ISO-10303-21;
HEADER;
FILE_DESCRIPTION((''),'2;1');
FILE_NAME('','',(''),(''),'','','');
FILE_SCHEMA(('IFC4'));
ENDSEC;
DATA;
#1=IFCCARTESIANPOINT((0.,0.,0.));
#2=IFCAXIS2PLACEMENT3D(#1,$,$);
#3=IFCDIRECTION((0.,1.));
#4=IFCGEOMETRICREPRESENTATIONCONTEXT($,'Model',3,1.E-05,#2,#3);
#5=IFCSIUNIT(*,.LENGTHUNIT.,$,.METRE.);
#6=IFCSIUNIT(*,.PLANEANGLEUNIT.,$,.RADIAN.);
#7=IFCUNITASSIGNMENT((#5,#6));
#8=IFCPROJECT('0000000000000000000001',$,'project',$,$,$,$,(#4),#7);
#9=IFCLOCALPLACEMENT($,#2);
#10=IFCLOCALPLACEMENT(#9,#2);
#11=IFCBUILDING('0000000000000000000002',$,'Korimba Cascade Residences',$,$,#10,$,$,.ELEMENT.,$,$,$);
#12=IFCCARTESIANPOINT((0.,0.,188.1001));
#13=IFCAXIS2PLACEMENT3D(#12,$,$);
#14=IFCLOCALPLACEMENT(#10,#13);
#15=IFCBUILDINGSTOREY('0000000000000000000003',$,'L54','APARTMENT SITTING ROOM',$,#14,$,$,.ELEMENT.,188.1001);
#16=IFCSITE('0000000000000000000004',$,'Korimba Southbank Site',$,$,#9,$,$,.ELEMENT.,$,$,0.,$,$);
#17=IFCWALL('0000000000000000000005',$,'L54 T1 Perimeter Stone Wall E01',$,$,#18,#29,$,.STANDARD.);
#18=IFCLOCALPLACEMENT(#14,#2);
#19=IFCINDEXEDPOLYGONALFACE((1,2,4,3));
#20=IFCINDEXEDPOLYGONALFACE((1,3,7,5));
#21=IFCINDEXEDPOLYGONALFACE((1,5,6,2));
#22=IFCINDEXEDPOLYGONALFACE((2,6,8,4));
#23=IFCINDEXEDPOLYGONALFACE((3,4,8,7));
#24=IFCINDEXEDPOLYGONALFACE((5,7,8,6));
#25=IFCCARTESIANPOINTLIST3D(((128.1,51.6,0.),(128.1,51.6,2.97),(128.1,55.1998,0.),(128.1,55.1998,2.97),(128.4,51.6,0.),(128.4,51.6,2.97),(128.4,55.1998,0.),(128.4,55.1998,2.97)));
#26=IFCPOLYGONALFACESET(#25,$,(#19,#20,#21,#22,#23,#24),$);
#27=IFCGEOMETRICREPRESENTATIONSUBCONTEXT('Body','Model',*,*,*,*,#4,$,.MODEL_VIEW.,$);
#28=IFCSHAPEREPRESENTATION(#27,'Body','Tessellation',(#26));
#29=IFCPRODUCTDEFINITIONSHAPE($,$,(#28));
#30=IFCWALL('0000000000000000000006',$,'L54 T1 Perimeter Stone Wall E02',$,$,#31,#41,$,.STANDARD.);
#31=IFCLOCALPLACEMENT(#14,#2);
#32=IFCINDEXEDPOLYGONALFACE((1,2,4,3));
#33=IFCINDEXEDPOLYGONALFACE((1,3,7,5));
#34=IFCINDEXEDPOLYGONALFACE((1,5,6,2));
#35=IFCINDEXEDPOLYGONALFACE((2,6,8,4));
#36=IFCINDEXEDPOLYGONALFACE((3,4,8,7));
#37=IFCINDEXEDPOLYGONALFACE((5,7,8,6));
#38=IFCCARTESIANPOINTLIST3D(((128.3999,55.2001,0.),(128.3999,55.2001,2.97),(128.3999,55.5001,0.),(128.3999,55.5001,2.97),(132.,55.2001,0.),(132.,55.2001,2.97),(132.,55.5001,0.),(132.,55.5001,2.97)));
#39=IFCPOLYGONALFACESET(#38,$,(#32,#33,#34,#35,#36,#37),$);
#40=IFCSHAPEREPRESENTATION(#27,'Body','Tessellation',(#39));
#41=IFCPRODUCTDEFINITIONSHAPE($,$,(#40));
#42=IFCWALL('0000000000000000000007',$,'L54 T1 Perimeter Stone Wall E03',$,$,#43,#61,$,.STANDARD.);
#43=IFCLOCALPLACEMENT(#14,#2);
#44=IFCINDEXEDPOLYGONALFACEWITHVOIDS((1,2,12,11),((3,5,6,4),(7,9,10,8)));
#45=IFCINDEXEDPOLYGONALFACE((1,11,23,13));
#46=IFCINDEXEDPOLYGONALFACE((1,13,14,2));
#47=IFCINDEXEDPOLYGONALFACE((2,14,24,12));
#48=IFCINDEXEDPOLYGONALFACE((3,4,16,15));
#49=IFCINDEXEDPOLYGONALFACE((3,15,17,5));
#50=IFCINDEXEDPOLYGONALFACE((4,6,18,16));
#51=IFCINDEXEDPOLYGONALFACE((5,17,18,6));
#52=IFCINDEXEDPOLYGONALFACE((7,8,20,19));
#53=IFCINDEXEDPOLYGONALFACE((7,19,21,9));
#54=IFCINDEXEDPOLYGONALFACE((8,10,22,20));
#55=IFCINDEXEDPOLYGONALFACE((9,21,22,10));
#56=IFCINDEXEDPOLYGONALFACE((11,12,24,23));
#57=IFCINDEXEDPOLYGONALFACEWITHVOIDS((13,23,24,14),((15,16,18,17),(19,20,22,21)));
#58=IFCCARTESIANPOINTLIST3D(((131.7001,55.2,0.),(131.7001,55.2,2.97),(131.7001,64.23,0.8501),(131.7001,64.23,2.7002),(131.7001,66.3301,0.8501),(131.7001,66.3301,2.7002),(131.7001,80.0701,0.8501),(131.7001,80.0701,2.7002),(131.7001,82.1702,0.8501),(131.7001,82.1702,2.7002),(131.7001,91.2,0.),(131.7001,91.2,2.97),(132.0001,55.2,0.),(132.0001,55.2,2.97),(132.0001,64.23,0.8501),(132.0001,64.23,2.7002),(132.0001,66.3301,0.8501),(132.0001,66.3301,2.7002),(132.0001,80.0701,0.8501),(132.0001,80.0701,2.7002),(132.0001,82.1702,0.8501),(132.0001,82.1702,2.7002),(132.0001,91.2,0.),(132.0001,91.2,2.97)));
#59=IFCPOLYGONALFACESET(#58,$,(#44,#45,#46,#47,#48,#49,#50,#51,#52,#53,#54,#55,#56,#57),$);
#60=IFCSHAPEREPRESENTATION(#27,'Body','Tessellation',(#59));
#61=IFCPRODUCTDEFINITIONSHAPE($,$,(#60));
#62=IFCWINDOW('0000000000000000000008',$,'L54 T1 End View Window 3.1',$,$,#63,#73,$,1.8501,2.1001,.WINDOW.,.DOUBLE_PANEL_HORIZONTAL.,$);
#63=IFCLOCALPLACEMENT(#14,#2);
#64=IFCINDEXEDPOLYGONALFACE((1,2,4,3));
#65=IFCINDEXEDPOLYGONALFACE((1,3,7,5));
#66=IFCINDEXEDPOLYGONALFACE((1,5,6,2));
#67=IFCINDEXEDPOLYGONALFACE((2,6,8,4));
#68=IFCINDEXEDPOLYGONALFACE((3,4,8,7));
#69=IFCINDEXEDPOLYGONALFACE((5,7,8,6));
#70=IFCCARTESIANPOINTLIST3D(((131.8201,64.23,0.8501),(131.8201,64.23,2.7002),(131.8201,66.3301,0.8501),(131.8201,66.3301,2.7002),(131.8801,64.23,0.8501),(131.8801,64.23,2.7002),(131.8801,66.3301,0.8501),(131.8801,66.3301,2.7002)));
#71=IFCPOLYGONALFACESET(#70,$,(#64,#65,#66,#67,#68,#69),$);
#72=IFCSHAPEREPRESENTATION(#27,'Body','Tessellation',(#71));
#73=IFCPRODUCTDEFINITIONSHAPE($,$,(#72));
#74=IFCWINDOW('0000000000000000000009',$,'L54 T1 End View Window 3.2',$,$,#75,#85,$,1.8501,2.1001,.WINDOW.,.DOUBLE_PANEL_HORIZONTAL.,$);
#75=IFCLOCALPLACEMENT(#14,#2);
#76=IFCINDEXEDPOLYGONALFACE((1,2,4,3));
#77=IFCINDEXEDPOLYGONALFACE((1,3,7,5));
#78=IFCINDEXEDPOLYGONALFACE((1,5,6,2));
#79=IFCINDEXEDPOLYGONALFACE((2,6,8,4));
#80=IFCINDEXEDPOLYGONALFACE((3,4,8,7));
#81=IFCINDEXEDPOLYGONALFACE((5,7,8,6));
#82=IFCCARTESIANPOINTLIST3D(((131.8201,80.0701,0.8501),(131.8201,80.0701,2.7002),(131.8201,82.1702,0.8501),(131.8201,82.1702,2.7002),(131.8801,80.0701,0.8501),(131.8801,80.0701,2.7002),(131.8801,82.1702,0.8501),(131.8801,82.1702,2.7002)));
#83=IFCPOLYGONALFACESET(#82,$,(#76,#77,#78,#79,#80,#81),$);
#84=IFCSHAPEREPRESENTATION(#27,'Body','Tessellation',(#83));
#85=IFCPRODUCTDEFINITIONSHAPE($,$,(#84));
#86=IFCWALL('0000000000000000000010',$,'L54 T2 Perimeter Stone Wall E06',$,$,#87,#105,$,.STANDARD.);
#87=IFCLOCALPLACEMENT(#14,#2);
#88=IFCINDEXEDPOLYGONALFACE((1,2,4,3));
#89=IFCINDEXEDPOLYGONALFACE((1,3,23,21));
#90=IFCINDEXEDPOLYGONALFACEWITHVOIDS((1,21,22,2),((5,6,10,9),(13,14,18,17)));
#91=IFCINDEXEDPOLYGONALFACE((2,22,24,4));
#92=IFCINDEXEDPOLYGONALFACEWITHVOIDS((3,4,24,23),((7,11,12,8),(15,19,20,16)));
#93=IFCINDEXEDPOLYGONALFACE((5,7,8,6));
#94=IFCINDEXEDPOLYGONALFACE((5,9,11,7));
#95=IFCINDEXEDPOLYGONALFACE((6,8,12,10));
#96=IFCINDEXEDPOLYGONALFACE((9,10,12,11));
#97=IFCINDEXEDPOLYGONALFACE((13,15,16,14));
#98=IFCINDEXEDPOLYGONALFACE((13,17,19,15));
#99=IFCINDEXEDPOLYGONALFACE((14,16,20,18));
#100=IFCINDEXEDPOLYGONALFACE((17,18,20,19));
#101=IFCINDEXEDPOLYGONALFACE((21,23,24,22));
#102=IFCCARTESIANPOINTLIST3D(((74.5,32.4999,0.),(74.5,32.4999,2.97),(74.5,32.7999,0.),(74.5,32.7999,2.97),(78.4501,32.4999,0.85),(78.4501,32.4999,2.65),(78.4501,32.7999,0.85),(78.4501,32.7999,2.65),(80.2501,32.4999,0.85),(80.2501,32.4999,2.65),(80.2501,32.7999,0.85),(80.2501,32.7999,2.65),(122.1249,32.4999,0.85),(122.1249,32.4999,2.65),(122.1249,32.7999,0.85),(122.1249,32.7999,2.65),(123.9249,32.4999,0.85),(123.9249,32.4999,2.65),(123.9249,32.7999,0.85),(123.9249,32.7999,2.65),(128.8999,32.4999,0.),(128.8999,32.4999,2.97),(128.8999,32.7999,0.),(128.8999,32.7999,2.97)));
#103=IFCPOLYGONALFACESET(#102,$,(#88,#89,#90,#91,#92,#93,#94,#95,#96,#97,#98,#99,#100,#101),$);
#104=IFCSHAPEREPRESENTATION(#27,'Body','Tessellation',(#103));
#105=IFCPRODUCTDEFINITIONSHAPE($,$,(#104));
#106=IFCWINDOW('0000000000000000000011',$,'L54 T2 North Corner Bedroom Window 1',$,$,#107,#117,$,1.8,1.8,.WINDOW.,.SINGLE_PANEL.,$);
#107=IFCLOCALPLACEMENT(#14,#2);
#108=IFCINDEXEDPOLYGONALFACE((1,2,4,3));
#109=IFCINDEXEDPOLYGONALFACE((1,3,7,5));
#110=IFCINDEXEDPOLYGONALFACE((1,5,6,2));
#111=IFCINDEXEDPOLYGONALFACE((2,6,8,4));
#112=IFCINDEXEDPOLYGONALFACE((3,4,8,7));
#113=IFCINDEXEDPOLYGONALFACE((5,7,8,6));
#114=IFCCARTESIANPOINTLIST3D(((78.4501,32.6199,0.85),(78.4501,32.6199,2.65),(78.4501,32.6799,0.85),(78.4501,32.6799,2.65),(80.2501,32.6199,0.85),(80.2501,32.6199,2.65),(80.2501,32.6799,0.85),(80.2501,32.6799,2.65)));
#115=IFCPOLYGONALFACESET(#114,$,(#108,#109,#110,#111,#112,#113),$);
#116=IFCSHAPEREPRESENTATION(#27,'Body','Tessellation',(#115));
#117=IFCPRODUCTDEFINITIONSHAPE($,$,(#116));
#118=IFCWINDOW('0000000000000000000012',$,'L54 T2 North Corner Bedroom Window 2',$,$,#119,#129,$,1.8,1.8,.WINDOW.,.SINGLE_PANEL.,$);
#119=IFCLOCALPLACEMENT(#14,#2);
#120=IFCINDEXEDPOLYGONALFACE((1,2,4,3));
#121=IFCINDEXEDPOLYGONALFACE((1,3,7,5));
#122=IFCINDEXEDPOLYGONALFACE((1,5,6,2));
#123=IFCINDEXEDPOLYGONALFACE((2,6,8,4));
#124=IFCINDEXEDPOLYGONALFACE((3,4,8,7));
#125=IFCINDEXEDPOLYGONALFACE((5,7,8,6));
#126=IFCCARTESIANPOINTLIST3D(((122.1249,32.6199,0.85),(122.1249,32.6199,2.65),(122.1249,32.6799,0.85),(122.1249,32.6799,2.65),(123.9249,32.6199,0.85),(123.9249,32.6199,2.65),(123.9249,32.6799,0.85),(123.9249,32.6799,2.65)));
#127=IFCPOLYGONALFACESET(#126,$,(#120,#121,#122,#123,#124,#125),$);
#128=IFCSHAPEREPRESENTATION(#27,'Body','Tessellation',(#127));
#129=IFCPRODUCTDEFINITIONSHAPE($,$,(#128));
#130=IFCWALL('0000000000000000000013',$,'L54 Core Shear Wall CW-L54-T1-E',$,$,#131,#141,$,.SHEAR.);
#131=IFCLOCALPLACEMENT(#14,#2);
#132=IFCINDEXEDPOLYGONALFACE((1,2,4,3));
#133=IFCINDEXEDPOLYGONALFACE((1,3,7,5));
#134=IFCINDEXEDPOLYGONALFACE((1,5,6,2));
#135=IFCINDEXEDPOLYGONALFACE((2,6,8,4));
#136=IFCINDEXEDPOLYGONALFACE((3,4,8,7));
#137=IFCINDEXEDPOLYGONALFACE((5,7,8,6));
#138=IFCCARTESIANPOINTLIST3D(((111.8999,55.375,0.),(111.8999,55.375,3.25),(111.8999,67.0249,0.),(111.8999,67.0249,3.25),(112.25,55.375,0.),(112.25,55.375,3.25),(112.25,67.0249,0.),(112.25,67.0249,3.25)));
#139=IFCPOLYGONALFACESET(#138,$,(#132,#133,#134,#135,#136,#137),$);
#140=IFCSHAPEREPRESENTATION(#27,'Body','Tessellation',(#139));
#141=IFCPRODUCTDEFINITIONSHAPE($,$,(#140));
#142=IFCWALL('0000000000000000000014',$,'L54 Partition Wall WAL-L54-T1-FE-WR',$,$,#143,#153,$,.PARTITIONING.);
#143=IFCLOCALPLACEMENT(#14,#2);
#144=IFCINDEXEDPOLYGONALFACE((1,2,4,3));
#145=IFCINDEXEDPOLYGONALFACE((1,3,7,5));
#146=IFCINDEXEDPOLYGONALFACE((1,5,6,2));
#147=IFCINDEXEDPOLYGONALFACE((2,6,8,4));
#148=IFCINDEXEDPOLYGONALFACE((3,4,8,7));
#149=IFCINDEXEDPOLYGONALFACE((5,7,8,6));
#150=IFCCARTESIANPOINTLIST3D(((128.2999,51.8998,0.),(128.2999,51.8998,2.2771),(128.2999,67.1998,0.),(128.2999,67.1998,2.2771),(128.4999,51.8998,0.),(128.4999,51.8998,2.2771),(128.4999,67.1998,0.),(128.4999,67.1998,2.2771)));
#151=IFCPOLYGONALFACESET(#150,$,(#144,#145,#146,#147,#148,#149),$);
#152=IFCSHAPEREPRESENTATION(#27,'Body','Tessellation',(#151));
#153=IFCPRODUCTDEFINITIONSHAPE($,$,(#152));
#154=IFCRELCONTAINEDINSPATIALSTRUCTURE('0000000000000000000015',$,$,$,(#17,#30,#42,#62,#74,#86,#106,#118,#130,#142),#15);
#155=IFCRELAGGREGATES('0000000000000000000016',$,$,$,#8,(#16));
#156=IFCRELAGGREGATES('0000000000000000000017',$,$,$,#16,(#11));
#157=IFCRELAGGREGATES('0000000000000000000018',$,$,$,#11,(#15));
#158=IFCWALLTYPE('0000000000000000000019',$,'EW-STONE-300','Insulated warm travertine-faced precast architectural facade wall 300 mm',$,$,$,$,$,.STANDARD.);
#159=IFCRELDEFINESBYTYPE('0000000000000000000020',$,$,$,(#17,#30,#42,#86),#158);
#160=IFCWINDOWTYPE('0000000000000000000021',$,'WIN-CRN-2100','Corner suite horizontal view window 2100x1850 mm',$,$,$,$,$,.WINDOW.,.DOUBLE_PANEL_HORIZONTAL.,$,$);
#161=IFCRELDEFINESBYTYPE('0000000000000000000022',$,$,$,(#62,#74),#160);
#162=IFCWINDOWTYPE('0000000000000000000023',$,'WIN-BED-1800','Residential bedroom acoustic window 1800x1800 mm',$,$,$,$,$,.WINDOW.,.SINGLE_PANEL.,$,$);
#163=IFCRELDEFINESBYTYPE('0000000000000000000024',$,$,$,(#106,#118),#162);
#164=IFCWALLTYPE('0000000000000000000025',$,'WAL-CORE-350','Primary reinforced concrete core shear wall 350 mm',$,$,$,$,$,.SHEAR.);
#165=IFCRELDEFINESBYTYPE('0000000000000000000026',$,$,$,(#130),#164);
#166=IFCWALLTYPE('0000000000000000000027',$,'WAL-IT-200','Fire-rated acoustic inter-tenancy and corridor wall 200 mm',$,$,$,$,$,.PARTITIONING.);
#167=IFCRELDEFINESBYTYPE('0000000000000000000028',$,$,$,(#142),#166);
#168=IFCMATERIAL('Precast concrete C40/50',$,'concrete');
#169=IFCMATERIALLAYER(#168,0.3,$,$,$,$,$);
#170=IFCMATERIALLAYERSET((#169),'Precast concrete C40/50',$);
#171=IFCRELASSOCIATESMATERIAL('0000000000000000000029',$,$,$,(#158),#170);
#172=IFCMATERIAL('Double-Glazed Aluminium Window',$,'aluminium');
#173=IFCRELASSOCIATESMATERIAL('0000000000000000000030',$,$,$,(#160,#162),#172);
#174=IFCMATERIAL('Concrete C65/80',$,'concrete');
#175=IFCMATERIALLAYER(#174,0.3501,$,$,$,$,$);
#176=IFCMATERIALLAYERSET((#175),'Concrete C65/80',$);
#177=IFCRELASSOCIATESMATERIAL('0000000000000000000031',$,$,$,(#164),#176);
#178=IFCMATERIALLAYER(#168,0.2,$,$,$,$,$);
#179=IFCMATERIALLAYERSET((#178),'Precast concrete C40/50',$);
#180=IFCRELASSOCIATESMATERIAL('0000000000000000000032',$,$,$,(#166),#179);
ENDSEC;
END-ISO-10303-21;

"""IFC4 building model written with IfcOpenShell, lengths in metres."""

from ifc_helpers import new_model, si_unit, direction, frame, frame_2d, origin, place, context, subcontext, project, spatial, rectangle, extrude, material, layer, layer_set, type_object, element, fill, save


model = new_model("IFC4")

# Units and contexts
model_context = context("Model", 3, precision=1e-05, world=origin(), true_north=direction((0.0, 1.0)))
body_context = subcontext(model_context, "Body", "Model", "MODEL_VIEW")
ifc_project = project(units=[si_unit("LENGTHUNIT", "METRE"), si_unit("PLANEANGLEUNIT", "RADIAN")], contexts=[model_context])

# Site, building, storey
site_placement = place(None, origin())
site = spatial("IfcSite", under=ifc_project, at=site_placement, Name="Korimba Southbank Site", CompositionType="ELEMENT", RefElevation=0.0)
building_placement = place(site_placement, origin())
building = spatial("IfcBuilding", under=site, at=building_placement, Name="Korimba Cascade Residences", CompositionType="ELEMENT")
storey_placement = place(building_placement, frame((0.0, 0.0, 188.1001)))
storey = spatial("IfcBuildingStorey", under=building, at=storey_placement, Name="L54", Description="APARTMENT SITTING ROOM", CompositionType="ELEMENT", Elevation=188.1001)

# Shared definitions
ifc_material_1 = material(Name="Concrete C65/80", Category="concrete")

# Walls
ifc_material_2 = material(Name="Precast concrete C40/50", Category="concrete")
ifc_layer_1 = layer(ifc_material_2, 0.3)
ifc_layer_set_1 = layer_set([ifc_layer_1], Name="Precast concrete C40/50")
wall_type_1 = type_object("IfcWallType", Name="EW-STONE-300", Description="Insulated warm travertine-faced precast architectural facade wall 300 mm", PredefinedType="STANDARD", material=ifc_layer_set_1)
wall_1_placement = place(storey_placement, frame((128.25, 51.6001, 0.0), z_axis=(0.0, 0.0, 1.0), x_axis=(0.0, 1.0, 0.0)))
element("IfcWall", 1, at=wall_1_placement, inside=storey, type_object=wall_type_1, Name="L54 T1 Perimeter Stone Wall E01", PredefinedType="STANDARD", context=body_context, shape_type="SweptSolid", body=[
    extrude(rectangle(XDim=3.5999, YDim=0.3, at=frame_2d((1.7998, 0.0))), origin(), (0.0, 0.0, 1.0), 2.97),
])
wall_2_placement = place(storey_placement, frame((128.3999, 55.3501, 0.0), z_axis=(0.0, 0.0, 1.0), x_axis=(1.0, 0.0, 0.0)))
element("IfcWall", 2, at=wall_2_placement, inside=storey, type_object=wall_type_1, Name="L54 T1 Perimeter Stone Wall E02", PredefinedType="STANDARD", context=body_context, shape_type="SweptSolid", body=[
    extrude(rectangle(XDim=3.6001, YDim=0.3, at=frame_2d((1.8, 0.0))), origin(), (0.0, 0.0, 1.0), 2.97),
])

# Walls, openings, windows
wall_3_placement = place(storey_placement, frame((131.8501, 55.2, 0.0), z_axis=(0.0, 0.0, 1.0), x_axis=(0.0, 1.0, 0.0)))
wall_3 = element("IfcWall", 3, at=wall_3_placement, inside=storey, type_object=wall_type_1, Name="L54 T1 Perimeter Stone Wall E03", PredefinedType="STANDARD", context=body_context, shape_type="SweptSolid", body=[
    extrude(rectangle(XDim=36.0, YDim=0.3, at=frame_2d((18.0, 0.0))), origin(), (0.0, 0.0, 1.0), 2.97),
])
opening_1_placement = place(wall_3_placement, frame((9.03, 0.0, 0.8501)))
opening_1 = element("IfcOpeningElement", 4, at=opening_1_placement, cuts=wall_3, PredefinedType="OPENING", context=body_context, shape_type="SweptSolid", body=[
    extrude(rectangle(XDim=2.1001, YDim=1.8501, at=frame_2d((1.05, 0.925))), frame((0.0, 0.1602, 0.0), z_axis=(0.0, -1.0, 0.0), x_axis=(1.0, 0.0, 0.0)), (0.0, 0.0, 1.0), 0.3201),
])
opening_2_placement = place(wall_3_placement, frame((24.8701, 0.0, 0.8501)))
opening_2 = element("IfcOpeningElement", 5, at=opening_2_placement, cuts=wall_3, PredefinedType="OPENING", context=body_context, shape_type="SweptSolid", body=[
    extrude(rectangle(XDim=2.1001, YDim=1.8501, at=frame_2d((1.05, 0.925))), frame((0.0, 0.1602, 0.0), z_axis=(0.0, -1.0, 0.0), x_axis=(1.0, 0.0, 0.0)), (0.0, 0.0, 1.0), 0.3201),
])
ifc_material_3 = material(Name="Double-Glazed Aluminium Window", Category="aluminium")
window_type_1 = type_object("IfcWindowType", Name="WIN-CRN-2100", Description="Corner suite horizontal view window 2100x1850 mm", PartitioningType="DOUBLE_PANEL_HORIZONTAL", PredefinedType="WINDOW", material=ifc_material_3)
window_1_placement = place(opening_1_placement, origin())
window_1 = element("IfcWindow", 6, at=window_1_placement, inside=storey, type_object=window_type_1, Name="L54 T1 End View Window 3.1", OverallHeight=1.8501, OverallWidth=2.1001, PartitioningType="DOUBLE_PANEL_HORIZONTAL", PredefinedType="WINDOW", context=body_context, shape_type="SweptSolid", body=[
    extrude(rectangle(XDim=2.1001, YDim=1.8501, at=frame_2d((1.05, 0.925))), frame((0.0, 0.03, 0.0), z_axis=(0.0, -1.0, 0.0), x_axis=(1.0, 0.0, 0.0)), (0.0, 0.0, 1.0), 0.0601),
])
fill(opening_1, window_1)
window_2_placement = place(opening_2_placement, origin())
window_2 = element("IfcWindow", 7, at=window_2_placement, inside=storey, type_object=window_type_1, Name="L54 T1 End View Window 3.2", OverallHeight=1.8501, OverallWidth=2.1001, PartitioningType="DOUBLE_PANEL_HORIZONTAL", PredefinedType="WINDOW", context=body_context, shape_type="SweptSolid", body=[
    extrude(rectangle(XDim=2.1001, YDim=1.8501, at=frame_2d((1.05, 0.925))), frame((0.0, 0.03, 0.0), z_axis=(0.0, -1.0, 0.0), x_axis=(1.0, 0.0, 0.0)), (0.0, 0.0, 1.0), 0.0601),
])
fill(opening_2, window_2)
wall_4_placement = place(storey_placement, frame((128.8999, 32.6499, 0.0), z_axis=(0.0, 0.0, 1.0), x_axis=(-1.0, 0.0, 0.0)))
wall_4 = element("IfcWall", 8, at=wall_4_placement, inside=storey, type_object=wall_type_1, Name="L54 T2 Perimeter Stone Wall E06", PredefinedType="STANDARD", context=body_context, shape_type="SweptSolid", body=[
    extrude(rectangle(XDim=54.3999, YDim=0.3, at=frame_2d((27.2, 0.0))), origin(), (0.0, 0.0, 1.0), 2.97),
])
opening_3_placement = place(wall_4_placement, frame((48.6499, 0.0, 0.8501)))
opening_3 = element("IfcOpeningElement", 9, at=opening_3_placement, cuts=wall_4, PredefinedType="OPENING", context=body_context, shape_type="SweptSolid", body=[
    extrude(rectangle(XDim=1.8, YDim=1.8, at=frame_2d((0.8999, 0.8999))), frame((0.0, 0.1602, 0.0), z_axis=(0.0, -1.0, 0.0), x_axis=(1.0, 0.0, 0.0)), (0.0, 0.0, 1.0), 0.3201),
])
opening_4_placement = place(wall_4_placement, frame((4.9751, 0.0, 0.8501)))
opening_4 = element("IfcOpeningElement", 10, at=opening_4_placement, cuts=wall_4, PredefinedType="OPENING", context=body_context, shape_type="SweptSolid", body=[
    extrude(rectangle(XDim=1.8, YDim=1.8, at=frame_2d((0.8999, 0.8999))), frame((0.0, 0.1602, 0.0), z_axis=(0.0, -1.0, 0.0), x_axis=(1.0, 0.0, 0.0)), (0.0, 0.0, 1.0), 0.3201),
])
window_type_2 = type_object("IfcWindowType", Name="WIN-BED-1800", Description="Residential bedroom acoustic window 1800x1800 mm", PartitioningType="SINGLE_PANEL", PredefinedType="WINDOW", material=ifc_material_3)
window_3_placement = place(opening_3_placement, origin())
window_3 = element("IfcWindow", 11, at=window_3_placement, inside=storey, type_object=window_type_2, Name="L54 T2 North Corner Bedroom Window 1", OverallHeight=1.8, OverallWidth=1.8, PartitioningType="SINGLE_PANEL", PredefinedType="WINDOW", context=body_context, shape_type="SweptSolid", body=[
    extrude(rectangle(XDim=1.8, YDim=1.8, at=frame_2d((0.8999, 0.8999))), frame((0.0, 0.03, 0.0), z_axis=(0.0, -1.0, 0.0), x_axis=(1.0, 0.0, 0.0)), (0.0, 0.0, 1.0), 0.0601),
])
fill(opening_3, window_3)
window_4_placement = place(opening_4_placement, origin())
window_4 = element("IfcWindow", 12, at=window_4_placement, inside=storey, type_object=window_type_2, Name="L54 T2 North Corner Bedroom Window 2", OverallHeight=1.8, OverallWidth=1.8, PartitioningType="SINGLE_PANEL", PredefinedType="WINDOW", context=body_context, shape_type="SweptSolid", body=[
    extrude(rectangle(XDim=1.8, YDim=1.8, at=frame_2d((0.8999, 0.8999))), frame((0.0, 0.03, 0.0), z_axis=(0.0, -1.0, 0.0), x_axis=(1.0, 0.0, 0.0)), (0.0, 0.0, 1.0), 0.0601),
])
fill(opening_4, window_4)

# Walls
ifc_layer_2 = layer(ifc_material_1, 0.3501)
ifc_layer_set_2 = layer_set([ifc_layer_2], Name="Concrete C65/80")
wall_type_2 = type_object("IfcWallType", Name="WAL-CORE-350", Description="Primary reinforced concrete core shear wall 350 mm", PredefinedType="SHEAR", material=ifc_layer_set_2)
wall_5_placement = place(storey_placement, frame((112.075, 55.375, 0.0), z_axis=(0.0, 0.0, 1.0), x_axis=(0.0, 1.0, 0.0)))
element("IfcWall", 13, at=wall_5_placement, inside=storey, type_object=wall_type_2, Name="L54 Core Shear Wall CW-L54-T1-E", PredefinedType="SHEAR", context=body_context, shape_type="SweptSolid", body=[
    extrude(rectangle(XDim=11.6499, YDim=0.3501, at=frame_2d((5.825, 0.0))), origin(), (0.0, 0.0, 1.0), 3.25),
])
ifc_layer_3 = layer(ifc_material_2, 0.2)
ifc_layer_set_3 = layer_set([ifc_layer_3], Name="Precast concrete C40/50")
wall_type_3 = type_object("IfcWallType", Name="WAL-IT-200", Description="Fire-rated acoustic inter-tenancy and corridor wall 200 mm", PredefinedType="PARTITIONING", material=ifc_layer_set_3)
wall_6_placement = place(storey_placement, frame((128.3999, 51.8999, 0.0), z_axis=(0.0, 0.0, 1.0), x_axis=(0.0, 1.0, 0.0)))
element("IfcWall", 14, at=wall_6_placement, inside=storey, type_object=wall_type_3, Name="L54 Partition Wall WAL-L54-T1-FE-WR", PredefinedType="PARTITIONING", context=body_context, shape_type="SweptSolid", body=[
    extrude(rectangle(XDim=15.3, YDim=0.2, at=frame_2d((7.6499, 0.0))), origin(), (0.0, 0.0, 1.0), 2.2771),
])

save(model, "model.ifc")
